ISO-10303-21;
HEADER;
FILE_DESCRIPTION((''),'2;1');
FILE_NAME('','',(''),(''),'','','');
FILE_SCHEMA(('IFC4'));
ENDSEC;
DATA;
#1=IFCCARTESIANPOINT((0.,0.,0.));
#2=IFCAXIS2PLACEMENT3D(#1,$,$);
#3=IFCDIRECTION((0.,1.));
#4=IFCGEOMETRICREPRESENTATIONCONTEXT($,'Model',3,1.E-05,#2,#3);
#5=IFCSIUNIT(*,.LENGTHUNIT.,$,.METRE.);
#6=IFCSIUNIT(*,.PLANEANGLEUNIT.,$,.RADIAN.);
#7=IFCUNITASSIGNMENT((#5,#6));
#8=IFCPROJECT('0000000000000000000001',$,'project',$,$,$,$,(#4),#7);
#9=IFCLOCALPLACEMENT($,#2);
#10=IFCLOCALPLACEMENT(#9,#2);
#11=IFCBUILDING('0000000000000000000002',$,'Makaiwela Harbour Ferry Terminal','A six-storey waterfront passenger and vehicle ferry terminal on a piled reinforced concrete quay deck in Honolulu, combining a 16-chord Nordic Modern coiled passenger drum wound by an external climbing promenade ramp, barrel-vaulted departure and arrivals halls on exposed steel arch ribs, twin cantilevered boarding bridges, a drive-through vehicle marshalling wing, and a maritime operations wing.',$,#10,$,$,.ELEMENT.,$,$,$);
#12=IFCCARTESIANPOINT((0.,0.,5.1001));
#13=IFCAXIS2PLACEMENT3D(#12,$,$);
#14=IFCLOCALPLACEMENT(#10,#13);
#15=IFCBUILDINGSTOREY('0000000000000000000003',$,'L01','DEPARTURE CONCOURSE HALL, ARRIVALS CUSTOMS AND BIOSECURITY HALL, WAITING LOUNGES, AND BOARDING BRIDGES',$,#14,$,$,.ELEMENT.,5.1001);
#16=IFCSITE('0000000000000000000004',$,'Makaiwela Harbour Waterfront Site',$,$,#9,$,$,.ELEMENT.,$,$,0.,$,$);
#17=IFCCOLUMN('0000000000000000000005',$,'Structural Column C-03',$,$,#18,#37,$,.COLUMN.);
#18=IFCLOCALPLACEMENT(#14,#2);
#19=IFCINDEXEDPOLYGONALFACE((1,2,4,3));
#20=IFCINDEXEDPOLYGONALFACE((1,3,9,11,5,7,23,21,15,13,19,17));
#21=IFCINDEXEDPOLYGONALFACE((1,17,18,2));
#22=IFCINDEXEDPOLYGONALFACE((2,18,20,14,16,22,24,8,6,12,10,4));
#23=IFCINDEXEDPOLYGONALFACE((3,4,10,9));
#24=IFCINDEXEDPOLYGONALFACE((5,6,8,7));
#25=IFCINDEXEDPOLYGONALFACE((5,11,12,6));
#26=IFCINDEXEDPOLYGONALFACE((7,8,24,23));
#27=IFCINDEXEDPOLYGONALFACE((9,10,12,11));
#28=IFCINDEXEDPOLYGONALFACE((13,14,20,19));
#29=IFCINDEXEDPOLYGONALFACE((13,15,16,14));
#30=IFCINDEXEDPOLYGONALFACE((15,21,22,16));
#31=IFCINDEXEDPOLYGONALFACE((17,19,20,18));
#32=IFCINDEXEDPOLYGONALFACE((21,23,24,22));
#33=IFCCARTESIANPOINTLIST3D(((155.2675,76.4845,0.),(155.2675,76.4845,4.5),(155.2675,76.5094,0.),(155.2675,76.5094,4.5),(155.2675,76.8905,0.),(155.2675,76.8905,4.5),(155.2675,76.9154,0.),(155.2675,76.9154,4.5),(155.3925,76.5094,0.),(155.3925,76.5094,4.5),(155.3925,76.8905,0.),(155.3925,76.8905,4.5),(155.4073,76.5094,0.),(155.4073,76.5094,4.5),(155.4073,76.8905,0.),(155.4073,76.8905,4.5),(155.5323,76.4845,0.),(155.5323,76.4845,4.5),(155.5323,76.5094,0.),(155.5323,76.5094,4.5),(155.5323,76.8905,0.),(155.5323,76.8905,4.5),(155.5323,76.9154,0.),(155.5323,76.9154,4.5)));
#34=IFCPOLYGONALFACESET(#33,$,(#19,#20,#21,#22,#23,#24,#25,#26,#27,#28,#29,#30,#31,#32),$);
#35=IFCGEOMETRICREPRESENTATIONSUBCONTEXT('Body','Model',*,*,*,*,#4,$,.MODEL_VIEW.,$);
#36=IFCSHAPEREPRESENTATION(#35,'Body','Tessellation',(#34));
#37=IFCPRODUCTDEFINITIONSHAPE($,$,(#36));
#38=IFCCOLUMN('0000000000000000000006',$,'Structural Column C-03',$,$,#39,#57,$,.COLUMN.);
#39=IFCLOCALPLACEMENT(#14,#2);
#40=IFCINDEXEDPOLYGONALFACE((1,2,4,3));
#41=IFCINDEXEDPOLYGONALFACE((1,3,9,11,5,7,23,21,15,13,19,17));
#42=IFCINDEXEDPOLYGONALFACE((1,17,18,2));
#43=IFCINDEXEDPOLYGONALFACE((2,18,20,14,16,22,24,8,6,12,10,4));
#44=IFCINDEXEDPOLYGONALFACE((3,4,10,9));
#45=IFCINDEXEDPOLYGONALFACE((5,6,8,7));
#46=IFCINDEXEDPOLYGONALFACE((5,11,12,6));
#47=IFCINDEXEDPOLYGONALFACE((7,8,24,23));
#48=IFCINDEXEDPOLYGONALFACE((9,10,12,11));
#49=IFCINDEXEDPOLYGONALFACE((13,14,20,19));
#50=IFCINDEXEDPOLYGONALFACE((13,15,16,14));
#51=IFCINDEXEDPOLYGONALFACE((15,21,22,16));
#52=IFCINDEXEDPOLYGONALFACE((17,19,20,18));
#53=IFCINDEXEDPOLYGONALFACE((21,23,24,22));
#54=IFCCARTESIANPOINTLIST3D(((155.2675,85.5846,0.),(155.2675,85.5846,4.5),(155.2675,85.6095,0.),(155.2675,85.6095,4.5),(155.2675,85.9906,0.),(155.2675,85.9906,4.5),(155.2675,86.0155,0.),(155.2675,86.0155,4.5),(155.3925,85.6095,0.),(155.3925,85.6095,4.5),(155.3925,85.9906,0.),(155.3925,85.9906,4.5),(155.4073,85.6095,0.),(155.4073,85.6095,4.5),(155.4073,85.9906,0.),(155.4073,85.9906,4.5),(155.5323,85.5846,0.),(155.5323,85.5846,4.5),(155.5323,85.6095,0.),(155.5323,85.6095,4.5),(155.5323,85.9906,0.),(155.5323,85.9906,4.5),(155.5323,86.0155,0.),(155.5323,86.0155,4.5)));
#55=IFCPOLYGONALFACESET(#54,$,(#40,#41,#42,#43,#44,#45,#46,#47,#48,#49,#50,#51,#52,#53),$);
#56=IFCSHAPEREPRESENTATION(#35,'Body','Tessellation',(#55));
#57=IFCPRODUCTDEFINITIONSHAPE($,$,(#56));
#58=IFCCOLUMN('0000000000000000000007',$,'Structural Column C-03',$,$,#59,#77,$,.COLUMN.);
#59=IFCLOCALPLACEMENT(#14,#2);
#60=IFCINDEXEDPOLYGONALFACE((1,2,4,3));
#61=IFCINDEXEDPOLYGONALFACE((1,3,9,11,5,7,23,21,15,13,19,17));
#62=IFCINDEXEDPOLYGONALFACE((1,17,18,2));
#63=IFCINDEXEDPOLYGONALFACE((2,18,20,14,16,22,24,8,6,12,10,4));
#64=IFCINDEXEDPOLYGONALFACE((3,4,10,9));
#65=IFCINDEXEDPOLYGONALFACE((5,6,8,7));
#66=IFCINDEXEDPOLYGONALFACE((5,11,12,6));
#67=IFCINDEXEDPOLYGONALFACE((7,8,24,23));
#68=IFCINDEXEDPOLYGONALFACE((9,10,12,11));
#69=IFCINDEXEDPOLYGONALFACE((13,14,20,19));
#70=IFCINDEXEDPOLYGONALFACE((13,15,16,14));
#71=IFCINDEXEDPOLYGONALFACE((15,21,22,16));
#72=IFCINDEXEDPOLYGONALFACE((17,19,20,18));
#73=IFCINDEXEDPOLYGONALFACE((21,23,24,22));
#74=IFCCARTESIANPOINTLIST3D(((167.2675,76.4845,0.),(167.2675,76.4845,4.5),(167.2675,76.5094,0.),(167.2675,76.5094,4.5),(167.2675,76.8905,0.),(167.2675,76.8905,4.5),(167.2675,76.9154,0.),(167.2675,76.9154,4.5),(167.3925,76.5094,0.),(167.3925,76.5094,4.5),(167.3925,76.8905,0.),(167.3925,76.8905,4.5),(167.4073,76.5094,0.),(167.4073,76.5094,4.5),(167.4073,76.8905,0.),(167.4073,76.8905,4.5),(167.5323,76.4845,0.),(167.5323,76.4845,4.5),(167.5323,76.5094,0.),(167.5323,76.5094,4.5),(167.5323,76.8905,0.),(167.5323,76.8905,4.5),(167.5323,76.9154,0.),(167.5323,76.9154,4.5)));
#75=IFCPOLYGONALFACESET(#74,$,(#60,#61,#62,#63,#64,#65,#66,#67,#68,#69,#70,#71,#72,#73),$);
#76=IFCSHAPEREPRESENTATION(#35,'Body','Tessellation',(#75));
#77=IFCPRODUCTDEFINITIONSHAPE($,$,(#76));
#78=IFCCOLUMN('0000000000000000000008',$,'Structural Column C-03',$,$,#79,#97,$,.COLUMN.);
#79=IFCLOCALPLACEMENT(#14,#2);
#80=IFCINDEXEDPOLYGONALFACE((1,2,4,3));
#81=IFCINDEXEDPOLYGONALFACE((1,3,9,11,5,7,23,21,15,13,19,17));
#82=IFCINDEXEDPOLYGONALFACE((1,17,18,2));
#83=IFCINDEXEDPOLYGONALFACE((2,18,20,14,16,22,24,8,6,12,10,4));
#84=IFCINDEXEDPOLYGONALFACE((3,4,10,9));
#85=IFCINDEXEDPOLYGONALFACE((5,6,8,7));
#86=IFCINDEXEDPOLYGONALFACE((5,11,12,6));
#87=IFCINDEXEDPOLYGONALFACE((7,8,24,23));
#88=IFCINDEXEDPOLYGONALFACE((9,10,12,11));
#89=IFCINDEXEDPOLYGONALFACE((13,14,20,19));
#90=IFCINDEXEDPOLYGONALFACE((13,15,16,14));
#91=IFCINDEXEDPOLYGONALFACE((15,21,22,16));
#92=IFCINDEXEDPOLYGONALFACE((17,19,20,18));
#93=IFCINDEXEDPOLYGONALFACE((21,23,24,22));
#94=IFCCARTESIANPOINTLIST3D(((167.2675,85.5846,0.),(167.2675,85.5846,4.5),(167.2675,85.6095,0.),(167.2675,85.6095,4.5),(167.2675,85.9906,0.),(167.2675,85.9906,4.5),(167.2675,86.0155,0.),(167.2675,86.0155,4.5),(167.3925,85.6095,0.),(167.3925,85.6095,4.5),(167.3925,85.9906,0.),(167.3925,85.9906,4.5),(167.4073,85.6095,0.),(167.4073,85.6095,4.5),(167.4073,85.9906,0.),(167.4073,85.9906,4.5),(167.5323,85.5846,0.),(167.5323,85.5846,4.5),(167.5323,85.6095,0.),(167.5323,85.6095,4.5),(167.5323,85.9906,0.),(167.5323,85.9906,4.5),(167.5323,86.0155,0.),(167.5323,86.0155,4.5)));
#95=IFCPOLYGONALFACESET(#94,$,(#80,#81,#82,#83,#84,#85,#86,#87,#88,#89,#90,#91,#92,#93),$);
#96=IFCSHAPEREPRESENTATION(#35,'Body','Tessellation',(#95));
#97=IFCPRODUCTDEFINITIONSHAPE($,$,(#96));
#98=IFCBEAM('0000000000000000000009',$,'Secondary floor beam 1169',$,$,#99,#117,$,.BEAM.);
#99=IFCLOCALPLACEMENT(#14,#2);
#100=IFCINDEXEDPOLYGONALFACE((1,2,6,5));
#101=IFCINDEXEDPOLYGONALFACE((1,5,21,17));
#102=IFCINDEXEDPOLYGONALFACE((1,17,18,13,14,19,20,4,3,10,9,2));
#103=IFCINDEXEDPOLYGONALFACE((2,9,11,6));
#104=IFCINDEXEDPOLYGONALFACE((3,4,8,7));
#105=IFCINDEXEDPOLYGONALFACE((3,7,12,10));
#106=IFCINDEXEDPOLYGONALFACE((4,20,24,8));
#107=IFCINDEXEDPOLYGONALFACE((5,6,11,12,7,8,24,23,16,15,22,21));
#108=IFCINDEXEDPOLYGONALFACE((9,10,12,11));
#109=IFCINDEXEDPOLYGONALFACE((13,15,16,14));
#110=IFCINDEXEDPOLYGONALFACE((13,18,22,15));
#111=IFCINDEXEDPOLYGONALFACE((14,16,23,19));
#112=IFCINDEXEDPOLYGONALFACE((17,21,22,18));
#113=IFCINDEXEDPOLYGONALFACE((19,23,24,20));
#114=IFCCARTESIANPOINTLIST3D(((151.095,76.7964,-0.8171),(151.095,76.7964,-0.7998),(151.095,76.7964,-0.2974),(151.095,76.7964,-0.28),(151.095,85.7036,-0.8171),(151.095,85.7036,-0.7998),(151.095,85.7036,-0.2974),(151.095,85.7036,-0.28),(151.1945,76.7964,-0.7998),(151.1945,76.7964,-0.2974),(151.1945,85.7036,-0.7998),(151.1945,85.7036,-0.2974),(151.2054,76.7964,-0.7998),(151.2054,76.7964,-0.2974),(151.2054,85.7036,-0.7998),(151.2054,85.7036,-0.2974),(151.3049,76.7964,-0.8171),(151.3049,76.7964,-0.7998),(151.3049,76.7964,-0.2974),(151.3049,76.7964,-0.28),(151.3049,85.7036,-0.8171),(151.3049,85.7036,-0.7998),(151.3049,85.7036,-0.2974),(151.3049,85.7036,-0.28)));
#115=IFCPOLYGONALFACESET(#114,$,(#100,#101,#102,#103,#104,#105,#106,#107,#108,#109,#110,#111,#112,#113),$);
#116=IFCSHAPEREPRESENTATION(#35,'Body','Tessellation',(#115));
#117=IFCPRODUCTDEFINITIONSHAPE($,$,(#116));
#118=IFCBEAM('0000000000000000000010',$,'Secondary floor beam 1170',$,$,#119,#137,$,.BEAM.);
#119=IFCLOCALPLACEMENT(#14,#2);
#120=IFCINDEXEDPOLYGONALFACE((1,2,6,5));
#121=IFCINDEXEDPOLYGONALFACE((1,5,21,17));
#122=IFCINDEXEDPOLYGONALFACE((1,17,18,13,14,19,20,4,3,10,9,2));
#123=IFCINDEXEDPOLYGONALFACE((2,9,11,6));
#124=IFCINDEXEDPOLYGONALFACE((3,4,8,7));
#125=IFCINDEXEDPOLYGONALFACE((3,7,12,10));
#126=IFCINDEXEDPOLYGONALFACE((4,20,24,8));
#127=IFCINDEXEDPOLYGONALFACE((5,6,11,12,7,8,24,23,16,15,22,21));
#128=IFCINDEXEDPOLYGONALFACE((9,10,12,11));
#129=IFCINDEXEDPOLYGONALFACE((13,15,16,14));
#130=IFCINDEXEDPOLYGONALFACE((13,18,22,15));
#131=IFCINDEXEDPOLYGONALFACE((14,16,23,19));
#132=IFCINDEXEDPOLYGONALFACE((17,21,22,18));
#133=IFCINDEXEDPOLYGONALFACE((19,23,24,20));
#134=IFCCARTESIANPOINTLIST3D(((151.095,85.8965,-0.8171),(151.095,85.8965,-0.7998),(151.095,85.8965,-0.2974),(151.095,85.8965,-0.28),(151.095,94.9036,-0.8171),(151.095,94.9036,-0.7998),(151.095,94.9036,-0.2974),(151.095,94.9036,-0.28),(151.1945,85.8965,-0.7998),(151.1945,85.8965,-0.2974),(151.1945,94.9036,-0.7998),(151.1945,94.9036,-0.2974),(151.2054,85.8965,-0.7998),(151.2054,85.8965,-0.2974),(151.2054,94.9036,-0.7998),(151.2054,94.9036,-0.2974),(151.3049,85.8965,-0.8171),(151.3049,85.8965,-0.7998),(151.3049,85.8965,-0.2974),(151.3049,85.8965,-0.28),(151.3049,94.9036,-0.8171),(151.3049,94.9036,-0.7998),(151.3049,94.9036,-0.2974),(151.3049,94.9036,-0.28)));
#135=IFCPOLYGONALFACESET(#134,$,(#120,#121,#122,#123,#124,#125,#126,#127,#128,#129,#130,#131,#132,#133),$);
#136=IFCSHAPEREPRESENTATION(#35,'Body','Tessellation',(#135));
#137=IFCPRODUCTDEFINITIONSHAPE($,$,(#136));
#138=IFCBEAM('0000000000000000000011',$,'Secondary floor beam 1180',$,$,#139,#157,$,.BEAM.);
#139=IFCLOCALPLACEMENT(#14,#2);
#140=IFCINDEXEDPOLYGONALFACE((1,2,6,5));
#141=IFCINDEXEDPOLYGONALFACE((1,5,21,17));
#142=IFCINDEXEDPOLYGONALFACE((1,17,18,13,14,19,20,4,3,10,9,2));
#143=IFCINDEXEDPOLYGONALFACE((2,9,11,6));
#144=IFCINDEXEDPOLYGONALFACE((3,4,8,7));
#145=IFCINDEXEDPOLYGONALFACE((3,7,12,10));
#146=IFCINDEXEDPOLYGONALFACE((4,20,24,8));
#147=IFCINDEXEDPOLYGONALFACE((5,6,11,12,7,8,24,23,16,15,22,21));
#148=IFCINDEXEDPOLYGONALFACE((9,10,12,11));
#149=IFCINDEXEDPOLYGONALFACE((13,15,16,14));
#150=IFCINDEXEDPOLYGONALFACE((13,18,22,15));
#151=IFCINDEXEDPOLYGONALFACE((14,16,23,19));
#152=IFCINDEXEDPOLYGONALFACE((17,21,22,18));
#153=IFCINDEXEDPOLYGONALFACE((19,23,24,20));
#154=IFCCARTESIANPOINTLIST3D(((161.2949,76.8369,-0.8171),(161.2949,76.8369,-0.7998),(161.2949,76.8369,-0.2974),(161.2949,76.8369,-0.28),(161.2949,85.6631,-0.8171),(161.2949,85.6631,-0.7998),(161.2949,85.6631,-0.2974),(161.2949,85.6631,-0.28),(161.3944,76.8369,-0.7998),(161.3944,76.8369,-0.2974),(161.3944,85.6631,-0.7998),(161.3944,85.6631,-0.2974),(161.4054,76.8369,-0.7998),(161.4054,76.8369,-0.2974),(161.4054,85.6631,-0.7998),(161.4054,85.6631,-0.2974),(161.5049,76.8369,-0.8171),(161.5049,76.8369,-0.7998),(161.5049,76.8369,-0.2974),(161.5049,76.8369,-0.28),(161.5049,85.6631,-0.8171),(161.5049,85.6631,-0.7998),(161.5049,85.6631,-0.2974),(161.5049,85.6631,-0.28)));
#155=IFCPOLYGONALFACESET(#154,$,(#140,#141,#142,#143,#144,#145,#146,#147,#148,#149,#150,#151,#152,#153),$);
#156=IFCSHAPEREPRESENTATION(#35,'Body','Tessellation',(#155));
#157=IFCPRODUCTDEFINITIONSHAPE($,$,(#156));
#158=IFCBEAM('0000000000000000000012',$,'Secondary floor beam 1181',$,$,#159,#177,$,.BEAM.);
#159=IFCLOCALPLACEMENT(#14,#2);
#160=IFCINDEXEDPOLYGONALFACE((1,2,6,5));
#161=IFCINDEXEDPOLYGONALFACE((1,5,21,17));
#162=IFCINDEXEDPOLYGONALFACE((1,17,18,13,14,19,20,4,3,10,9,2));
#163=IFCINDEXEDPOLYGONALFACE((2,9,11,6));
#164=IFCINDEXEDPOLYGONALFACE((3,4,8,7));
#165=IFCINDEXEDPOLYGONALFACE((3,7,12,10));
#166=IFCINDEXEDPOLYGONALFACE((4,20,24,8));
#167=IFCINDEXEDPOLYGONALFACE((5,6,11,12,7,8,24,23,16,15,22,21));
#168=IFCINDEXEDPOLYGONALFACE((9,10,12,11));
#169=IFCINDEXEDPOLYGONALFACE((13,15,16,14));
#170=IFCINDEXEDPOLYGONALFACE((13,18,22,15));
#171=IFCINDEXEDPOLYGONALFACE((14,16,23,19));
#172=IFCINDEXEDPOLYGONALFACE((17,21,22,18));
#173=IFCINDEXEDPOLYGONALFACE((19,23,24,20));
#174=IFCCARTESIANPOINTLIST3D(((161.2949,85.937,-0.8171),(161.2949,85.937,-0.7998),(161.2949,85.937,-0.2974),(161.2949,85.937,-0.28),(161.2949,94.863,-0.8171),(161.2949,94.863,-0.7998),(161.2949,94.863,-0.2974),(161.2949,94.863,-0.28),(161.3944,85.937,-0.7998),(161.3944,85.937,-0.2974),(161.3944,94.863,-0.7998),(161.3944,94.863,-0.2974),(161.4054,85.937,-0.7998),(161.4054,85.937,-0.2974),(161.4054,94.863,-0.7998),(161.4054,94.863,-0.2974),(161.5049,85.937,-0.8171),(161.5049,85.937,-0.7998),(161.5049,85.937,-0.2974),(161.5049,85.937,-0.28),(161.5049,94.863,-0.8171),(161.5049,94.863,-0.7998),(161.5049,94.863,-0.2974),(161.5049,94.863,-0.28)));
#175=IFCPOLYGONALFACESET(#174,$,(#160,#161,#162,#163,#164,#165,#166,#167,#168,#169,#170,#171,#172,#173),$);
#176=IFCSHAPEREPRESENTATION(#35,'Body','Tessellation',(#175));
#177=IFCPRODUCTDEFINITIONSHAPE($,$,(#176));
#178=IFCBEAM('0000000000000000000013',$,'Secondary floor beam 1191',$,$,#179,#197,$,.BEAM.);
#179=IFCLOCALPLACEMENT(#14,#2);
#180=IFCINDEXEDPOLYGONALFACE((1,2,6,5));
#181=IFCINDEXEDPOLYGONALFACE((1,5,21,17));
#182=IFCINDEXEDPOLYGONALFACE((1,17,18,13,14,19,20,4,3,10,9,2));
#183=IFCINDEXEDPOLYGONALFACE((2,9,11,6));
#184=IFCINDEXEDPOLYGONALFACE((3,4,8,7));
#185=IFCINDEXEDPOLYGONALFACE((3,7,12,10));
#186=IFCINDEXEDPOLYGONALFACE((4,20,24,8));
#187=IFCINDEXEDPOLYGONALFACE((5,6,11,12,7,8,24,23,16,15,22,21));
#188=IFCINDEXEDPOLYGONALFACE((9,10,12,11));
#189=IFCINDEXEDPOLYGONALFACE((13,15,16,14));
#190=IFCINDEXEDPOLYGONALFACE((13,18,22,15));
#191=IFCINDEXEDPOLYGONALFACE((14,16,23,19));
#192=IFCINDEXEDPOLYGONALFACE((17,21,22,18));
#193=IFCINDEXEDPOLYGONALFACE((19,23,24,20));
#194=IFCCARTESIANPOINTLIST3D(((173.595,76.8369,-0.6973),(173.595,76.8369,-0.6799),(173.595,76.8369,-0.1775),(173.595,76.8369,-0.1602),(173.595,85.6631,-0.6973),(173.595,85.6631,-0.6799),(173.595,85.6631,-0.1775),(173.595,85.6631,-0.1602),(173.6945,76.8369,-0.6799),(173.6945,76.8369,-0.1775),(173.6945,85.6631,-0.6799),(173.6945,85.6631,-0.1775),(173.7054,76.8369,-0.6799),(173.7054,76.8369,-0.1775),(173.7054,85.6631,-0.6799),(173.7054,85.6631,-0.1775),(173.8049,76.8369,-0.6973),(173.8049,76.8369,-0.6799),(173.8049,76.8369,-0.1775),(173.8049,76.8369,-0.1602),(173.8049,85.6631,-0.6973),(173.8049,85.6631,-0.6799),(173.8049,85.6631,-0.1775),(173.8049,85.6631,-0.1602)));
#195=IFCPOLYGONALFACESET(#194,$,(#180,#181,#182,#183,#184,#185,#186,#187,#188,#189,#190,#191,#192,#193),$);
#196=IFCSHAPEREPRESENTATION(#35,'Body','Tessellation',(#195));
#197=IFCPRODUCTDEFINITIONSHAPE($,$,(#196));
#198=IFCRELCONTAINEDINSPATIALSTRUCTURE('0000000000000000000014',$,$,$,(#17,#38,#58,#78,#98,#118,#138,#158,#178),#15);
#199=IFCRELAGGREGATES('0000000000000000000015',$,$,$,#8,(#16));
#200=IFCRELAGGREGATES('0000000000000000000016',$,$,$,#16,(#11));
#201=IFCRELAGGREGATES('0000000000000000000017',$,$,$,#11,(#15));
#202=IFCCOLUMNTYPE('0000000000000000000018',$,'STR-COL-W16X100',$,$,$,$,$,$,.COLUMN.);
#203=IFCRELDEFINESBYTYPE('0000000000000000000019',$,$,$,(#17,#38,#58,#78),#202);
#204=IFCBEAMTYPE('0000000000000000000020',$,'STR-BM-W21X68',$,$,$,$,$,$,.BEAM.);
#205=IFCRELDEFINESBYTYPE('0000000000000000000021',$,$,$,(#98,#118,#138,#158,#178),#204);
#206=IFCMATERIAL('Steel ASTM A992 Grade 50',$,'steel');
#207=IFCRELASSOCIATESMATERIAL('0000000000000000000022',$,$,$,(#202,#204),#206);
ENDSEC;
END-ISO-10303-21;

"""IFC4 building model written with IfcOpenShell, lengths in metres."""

from ifc_helpers import new_model, si_unit, direction, frame, origin, origin_2d, place, context, subcontext, project, spatial, i_section, extrude, material, material_profile, profile_set, type_object, element, save


model = new_model("IFC4")

# Units and contexts
model_context = context("Model", 3, precision=1e-05, world=origin(), true_north=direction((0.0, 1.0)))
body_context = subcontext(model_context, "Body", "Model", "MODEL_VIEW")
ifc_project = project(units=[si_unit("LENGTHUNIT", "METRE"), si_unit("PLANEANGLEUNIT", "RADIAN")], contexts=[model_context])

# Site, building, storey
site_placement = place(None, origin())
site = spatial("IfcSite", under=ifc_project, at=site_placement, Name="Makaiwela Harbour Waterfront Site", CompositionType="ELEMENT", RefElevation=0.0)
building_placement = place(site_placement, origin())
building = spatial("IfcBuilding", under=site, at=building_placement, Name="Makaiwela Harbour Ferry Terminal", Description="A six-storey waterfront passenger and vehicle ferry terminal on a piled reinforced concrete quay deck in Honolulu, combining a 16-chord Nordic Modern coiled passenger drum wound by an external climbing promenade ramp, barrel-vaulted departure and arrivals halls on exposed steel arch ribs, twin cantilevered boarding bridges, a drive-through vehicle marshalling wing, and a maritime operations wing.", CompositionType="ELEMENT")
storey_placement = place(building_placement, frame((0.0, 0.0, 5.1001)))
storey = spatial("IfcBuildingStorey", under=building, at=storey_placement, Name="L01", Description="DEPARTURE CONCOURSE HALL, ARRIVALS CUSTOMS AND BIOSECURITY HALL, WAITING LOUNGES, AND BOARDING BRIDGES", CompositionType="ELEMENT", Elevation=5.1001)

# Columns
ifc_material_1 = material(Name="Steel ASTM A992 Grade 50", Category="steel")
ifc_material_profile_1 = material_profile(ifc_material_1, i_section(OverallWidth=0.2649, OverallDepth=0.4309, WebThickness=0.0149, FlangeThickness=0.0249, at=origin_2d()), Name="W16X100")
ifc_profile_set_1 = profile_set([ifc_material_profile_1], Name="Steel ASTM A992 Grade 50")
column_type = type_object("IfcColumnType", Name="STR-COL-W16X100", PredefinedType="COLUMN", material=ifc_profile_set_1)
for number, where, z_axis, x_axis, name in (
    (1, (155.3999, 76.7, 0.0), (0.0, 0.0, 1.0), (1.0, 0.0, 0.0), "Structural Column C-03"),
    (2, (155.3999, 85.8, 0.0), (0.0, 0.0, 1.0), (1.0, 0.0, 0.0), "Structural Column C-03"),
    (3, (167.3999, 76.7, 0.0), (0.0, 0.0, 1.0), (1.0, 0.0, 0.0), "Structural Column C-03"),
    (4, (167.3999, 85.8, 0.0), (0.0, 0.0, 1.0), (1.0, 0.0, 0.0), "Structural Column C-03"),
):
    element("IfcColumn", number, at=place(storey_placement, frame(where, z_axis=z_axis, x_axis=x_axis)), inside=storey, type_object=column_type, Name=name, PredefinedType="COLUMN", context=body_context, shape_type="SweptSolid", body=[
        extrude(i_section(OverallWidth=0.2649, OverallDepth=0.4309, WebThickness=0.0149, FlangeThickness=0.0249, at=origin_2d()), origin(), (0.0, 0.0, 1.0), 4.5),
    ])

# Beams
ifc_material_profile_2 = material_profile(ifc_material_1, i_section(OverallWidth=0.21, OverallDepth=0.5371, WebThickness=0.011, FlangeThickness=0.0173, at=origin_2d()), Name="W21X68")
ifc_profile_set_2 = profile_set([ifc_material_profile_2], Name="Steel ASTM A992 Grade 50")
beam_type_1 = type_object("IfcBeamType", Name="STR-BM-W21X68", PredefinedType="BEAM", material=ifc_profile_set_2)
beam_1_placement = place(storey_placement, frame((151.2, 76.7964, -0.5486), z_axis=(0.0, 1.0, 0.0), x_axis=(-1.0, 0.0, 0.0)))
element("IfcBeam", 5, at=beam_1_placement, inside=storey, type_object=beam_type_1, Name="Secondary floor beam 1169", PredefinedType="BEAM", context=body_context, shape_type="SweptSolid", body=[
    extrude(i_section(OverallWidth=0.21, OverallDepth=0.5371, WebThickness=0.011, FlangeThickness=0.0173, at=origin_2d()), origin(), (0.0, 0.0, 1.0), 8.9072),
])
beam_2_placement = place(storey_placement, frame((151.2, 85.8965, -0.5486), z_axis=(0.0, 1.0, 0.0), x_axis=(-1.0, 0.0, 0.0)))
element("IfcBeam", 6, at=beam_2_placement, inside=storey, type_object=beam_type_1, Name="Secondary floor beam 1170", PredefinedType="BEAM", context=body_context, shape_type="SweptSolid", body=[
    extrude(i_section(OverallWidth=0.21, OverallDepth=0.5371, WebThickness=0.011, FlangeThickness=0.0173, at=origin_2d()), origin(), (0.0, 0.0, 1.0), 9.0071),
])
beam_3_placement = place(storey_placement, frame((161.3999, 76.8369, -0.5486), z_axis=(0.0, 1.0, 0.0), x_axis=(-1.0, 0.0, 0.0)))
element("IfcBeam", 7, at=beam_3_placement, inside=storey, type_object=beam_type_1, Name="Secondary floor beam 1180", PredefinedType="BEAM", context=body_context, shape_type="SweptSolid", body=[
    extrude(i_section(OverallWidth=0.21, OverallDepth=0.5371, WebThickness=0.011, FlangeThickness=0.0173, at=origin_2d()), origin(), (0.0, 0.0, 1.0), 8.8262),
])
beam_4_placement = place(storey_placement, frame((161.3999, 85.937, -0.5486), z_axis=(0.0, 1.0, 0.0), x_axis=(-1.0, 0.0, 0.0)))
element("IfcBeam", 8, at=beam_4_placement, inside=storey, type_object=beam_type_1, Name="Secondary floor beam 1181", PredefinedType="BEAM", context=body_context, shape_type="SweptSolid", body=[
    extrude(i_section(OverallWidth=0.21, OverallDepth=0.5371, WebThickness=0.011, FlangeThickness=0.0173, at=origin_2d()), origin(), (0.0, 0.0, 1.0), 8.926),
])
beam_5_placement = place(storey_placement, frame((173.7, 76.8369, -0.4287), z_axis=(0.0, 1.0, 0.0), x_axis=(-1.0, 0.0, 0.0)))
element("IfcBeam", 9, at=beam_5_placement, inside=storey, type_object=beam_type_1, Name="Secondary floor beam 1191", PredefinedType="BEAM", context=body_context, shape_type="SweptSolid", body=[
    extrude(i_section(OverallWidth=0.21, OverallDepth=0.5371, WebThickness=0.011, FlangeThickness=0.0173, at=origin_2d()), origin(), (0.0, 0.0, 1.0), 8.8262),
])

save(model, "model.ifc")
